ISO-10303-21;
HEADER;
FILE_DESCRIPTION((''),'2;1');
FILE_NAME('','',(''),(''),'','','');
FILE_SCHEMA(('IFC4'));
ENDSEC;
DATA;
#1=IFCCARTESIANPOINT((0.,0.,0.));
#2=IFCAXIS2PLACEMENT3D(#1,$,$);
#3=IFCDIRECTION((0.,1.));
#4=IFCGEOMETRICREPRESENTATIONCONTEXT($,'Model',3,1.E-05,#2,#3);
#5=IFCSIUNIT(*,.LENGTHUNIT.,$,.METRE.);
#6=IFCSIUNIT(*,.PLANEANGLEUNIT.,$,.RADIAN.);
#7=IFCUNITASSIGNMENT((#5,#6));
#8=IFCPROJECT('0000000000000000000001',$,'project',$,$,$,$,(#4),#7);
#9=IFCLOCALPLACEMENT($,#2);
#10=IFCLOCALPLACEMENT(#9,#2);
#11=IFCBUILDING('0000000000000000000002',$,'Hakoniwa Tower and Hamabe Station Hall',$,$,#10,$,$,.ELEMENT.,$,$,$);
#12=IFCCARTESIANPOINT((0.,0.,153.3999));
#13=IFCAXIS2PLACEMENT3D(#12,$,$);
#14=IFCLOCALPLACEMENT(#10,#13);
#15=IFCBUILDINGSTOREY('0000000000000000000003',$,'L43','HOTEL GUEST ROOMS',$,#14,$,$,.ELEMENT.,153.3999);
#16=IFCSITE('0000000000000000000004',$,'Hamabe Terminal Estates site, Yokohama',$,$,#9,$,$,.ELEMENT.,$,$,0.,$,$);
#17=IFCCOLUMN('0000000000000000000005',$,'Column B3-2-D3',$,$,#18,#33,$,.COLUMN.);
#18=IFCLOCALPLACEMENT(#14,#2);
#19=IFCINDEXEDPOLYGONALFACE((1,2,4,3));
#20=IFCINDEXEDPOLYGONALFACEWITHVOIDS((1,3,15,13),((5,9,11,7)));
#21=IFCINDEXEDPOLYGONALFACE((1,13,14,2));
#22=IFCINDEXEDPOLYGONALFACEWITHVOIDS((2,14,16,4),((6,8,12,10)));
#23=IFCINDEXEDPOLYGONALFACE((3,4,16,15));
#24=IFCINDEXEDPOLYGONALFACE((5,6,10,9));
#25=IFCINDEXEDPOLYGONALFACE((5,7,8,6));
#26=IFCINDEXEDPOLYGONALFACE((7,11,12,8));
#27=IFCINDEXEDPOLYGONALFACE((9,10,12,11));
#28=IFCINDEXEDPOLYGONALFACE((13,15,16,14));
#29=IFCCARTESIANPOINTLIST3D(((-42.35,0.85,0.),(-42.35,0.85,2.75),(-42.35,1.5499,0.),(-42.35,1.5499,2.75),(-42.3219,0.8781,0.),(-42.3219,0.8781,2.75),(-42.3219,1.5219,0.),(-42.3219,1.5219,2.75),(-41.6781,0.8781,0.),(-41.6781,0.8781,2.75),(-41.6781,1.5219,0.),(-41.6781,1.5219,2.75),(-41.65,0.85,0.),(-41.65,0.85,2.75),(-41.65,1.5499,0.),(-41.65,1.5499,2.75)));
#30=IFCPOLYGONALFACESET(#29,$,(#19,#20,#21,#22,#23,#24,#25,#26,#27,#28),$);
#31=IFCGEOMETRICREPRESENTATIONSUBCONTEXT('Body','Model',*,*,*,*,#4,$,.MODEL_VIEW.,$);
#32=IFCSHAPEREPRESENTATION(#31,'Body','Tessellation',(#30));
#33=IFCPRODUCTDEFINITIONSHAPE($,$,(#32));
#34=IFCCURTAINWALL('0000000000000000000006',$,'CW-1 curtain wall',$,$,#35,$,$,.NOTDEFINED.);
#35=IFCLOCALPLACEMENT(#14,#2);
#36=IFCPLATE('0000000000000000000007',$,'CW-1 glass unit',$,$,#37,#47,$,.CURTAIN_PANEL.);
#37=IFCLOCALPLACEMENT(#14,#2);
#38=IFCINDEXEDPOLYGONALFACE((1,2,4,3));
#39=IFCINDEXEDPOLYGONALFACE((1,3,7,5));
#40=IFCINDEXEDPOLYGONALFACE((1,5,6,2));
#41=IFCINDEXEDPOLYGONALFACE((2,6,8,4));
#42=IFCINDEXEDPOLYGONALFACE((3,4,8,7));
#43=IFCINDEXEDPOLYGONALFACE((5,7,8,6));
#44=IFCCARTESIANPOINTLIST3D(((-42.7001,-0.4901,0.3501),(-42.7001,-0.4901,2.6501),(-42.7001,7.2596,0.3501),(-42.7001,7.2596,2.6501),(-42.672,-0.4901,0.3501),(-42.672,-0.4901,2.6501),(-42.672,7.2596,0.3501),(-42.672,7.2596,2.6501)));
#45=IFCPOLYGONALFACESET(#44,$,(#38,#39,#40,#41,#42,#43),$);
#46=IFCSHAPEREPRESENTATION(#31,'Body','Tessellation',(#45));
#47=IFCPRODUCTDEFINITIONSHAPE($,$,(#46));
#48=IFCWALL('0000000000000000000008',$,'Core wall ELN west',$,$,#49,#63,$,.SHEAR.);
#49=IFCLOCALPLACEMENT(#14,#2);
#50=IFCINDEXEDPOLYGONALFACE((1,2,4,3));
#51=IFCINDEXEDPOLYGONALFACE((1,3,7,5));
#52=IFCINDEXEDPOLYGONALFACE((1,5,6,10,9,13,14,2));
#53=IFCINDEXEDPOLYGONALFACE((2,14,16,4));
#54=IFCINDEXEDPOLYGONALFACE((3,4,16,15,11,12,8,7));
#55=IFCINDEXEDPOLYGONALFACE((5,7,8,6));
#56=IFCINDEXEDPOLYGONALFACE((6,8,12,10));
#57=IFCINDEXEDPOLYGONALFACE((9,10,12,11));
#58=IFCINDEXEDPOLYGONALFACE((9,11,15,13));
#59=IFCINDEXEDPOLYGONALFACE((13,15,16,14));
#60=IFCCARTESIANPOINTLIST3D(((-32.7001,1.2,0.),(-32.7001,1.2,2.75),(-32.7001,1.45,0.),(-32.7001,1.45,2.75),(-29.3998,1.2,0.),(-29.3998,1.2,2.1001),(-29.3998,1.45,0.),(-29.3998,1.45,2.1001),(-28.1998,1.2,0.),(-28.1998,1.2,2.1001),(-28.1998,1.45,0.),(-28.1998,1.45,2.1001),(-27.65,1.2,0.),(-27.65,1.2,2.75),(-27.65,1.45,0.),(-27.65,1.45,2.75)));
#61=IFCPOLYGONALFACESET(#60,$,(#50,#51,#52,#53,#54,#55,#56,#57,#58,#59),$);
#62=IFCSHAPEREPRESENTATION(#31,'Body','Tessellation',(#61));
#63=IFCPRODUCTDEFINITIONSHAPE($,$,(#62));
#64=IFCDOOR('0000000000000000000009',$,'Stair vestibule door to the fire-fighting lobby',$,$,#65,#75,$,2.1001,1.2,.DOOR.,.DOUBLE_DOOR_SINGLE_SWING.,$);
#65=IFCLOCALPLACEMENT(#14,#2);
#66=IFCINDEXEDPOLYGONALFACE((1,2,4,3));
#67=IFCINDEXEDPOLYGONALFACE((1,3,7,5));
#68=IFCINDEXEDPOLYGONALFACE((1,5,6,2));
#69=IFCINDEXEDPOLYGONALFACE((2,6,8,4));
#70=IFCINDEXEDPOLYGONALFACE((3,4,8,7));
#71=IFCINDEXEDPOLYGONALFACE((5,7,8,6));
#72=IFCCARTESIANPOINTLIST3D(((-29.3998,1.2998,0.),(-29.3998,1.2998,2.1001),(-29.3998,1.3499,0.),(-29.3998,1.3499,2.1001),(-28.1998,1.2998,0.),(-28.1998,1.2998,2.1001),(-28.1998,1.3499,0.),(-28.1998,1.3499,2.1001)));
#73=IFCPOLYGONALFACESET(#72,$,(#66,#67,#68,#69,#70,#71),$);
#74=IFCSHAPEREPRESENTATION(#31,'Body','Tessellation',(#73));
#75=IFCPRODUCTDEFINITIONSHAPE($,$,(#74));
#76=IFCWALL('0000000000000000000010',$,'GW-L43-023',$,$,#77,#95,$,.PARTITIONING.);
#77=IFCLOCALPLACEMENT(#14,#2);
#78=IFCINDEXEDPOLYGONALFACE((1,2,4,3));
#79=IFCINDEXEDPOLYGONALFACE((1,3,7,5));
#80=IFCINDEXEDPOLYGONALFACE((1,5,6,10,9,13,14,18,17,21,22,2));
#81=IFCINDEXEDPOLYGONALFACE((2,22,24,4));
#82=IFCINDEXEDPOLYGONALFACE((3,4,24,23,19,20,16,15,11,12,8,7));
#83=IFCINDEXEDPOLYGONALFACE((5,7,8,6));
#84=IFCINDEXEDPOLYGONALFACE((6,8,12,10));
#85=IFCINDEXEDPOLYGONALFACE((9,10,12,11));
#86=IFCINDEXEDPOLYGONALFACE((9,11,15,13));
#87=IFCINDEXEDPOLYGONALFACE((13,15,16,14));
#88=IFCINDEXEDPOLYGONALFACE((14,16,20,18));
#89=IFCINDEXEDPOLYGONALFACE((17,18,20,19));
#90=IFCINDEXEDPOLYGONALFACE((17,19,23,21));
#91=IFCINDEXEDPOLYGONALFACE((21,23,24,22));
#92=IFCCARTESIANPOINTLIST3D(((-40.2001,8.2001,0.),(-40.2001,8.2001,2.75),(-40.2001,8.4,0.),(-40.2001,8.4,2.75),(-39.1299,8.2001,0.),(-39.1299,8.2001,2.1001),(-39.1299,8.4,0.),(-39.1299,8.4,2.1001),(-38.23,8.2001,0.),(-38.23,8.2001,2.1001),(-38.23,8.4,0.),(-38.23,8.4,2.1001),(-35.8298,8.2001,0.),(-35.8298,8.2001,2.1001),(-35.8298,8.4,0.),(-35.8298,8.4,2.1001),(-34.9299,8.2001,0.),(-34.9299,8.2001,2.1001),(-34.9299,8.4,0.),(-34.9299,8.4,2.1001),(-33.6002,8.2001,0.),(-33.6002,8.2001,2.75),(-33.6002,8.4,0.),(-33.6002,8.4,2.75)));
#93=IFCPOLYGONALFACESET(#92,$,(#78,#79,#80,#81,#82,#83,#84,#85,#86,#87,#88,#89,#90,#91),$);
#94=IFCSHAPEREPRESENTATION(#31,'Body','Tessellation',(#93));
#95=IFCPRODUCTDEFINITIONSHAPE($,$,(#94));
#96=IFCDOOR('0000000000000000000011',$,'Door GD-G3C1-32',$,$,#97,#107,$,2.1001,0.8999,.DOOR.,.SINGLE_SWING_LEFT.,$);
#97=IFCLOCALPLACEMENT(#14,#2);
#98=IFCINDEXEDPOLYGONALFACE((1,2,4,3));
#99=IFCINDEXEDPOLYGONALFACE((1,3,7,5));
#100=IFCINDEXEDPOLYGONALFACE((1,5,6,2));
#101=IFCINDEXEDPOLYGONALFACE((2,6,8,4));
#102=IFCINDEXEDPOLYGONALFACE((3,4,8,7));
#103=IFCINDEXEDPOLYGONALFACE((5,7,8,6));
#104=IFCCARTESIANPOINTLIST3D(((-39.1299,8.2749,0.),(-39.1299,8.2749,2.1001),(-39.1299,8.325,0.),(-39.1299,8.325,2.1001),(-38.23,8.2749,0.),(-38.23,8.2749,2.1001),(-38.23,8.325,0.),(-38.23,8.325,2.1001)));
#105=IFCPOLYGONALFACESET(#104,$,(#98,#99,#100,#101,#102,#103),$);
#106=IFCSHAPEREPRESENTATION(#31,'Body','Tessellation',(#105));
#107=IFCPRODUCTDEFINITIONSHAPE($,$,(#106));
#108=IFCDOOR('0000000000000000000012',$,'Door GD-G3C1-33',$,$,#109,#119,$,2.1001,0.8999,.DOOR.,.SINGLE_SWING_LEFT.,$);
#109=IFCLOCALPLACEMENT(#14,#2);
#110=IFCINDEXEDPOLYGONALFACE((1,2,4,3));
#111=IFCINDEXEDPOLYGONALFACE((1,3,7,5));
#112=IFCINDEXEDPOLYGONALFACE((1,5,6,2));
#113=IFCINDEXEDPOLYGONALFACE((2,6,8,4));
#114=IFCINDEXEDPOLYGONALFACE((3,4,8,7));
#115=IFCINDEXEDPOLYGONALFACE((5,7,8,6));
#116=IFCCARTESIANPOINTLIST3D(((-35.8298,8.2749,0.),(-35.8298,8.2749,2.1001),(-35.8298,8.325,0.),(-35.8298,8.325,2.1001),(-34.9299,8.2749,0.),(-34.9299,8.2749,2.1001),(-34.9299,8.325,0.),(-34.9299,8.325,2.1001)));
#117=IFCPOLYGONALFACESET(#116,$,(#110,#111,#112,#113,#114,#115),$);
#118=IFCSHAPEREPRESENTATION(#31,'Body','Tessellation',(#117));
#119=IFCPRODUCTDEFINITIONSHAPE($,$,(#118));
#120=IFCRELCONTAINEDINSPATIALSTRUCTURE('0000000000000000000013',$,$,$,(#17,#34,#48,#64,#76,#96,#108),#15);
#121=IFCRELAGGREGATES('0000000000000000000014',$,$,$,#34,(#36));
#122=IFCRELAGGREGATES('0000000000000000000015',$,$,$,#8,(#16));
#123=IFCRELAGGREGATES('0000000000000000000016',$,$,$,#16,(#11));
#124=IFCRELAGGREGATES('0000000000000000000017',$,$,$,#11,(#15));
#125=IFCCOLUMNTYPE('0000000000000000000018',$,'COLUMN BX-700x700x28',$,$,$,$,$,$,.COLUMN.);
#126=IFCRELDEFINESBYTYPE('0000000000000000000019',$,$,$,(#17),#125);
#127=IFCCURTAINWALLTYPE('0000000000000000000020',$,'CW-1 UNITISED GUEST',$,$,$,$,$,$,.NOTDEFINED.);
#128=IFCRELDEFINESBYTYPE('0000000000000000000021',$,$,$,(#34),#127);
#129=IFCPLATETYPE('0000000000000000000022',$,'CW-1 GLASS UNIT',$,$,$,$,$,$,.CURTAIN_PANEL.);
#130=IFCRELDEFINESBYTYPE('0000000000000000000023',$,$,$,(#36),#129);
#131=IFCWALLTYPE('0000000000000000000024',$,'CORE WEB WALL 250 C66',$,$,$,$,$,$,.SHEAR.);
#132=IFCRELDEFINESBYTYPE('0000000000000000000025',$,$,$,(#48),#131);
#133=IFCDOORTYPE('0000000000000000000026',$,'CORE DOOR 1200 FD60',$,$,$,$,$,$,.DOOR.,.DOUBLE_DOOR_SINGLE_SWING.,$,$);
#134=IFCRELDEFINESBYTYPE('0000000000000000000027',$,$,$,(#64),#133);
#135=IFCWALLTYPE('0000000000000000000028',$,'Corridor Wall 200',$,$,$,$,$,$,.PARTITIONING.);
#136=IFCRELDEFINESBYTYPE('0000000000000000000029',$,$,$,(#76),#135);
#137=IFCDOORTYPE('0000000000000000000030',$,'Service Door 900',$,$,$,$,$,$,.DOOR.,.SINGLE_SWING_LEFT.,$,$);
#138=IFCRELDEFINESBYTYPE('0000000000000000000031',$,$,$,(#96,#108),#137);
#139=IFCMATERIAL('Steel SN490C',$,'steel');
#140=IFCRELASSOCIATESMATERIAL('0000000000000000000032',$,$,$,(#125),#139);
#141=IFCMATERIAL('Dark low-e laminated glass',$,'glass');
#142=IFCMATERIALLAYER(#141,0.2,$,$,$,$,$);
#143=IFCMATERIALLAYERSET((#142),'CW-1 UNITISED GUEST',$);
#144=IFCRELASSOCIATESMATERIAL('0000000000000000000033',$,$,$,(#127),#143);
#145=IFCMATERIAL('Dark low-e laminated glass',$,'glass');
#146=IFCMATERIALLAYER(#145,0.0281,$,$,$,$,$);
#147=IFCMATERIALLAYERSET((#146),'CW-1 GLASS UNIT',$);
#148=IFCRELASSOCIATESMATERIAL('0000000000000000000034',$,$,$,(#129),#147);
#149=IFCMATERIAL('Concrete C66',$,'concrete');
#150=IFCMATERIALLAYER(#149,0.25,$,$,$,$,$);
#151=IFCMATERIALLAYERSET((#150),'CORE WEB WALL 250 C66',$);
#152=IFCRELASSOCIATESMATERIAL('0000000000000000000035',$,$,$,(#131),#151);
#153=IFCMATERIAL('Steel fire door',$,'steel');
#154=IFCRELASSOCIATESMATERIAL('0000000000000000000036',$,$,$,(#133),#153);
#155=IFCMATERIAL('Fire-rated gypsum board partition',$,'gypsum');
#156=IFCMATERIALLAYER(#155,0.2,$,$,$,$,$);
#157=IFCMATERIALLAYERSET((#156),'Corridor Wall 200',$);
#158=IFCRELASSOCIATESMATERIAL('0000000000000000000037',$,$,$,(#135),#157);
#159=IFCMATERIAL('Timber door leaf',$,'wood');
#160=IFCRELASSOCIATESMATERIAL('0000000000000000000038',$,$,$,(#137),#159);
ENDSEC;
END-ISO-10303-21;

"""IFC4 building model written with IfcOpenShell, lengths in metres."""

from ifc_helpers import new_model, si_unit, direction, frame, frame_2d, origin, origin_2d, place, context, subcontext, project, spatial, rectangle, hollow_rectangle, extrude, material, layer, layer_set, material_profile, profile_set, type_object, element, fill, aggregate, save


model = new_model("IFC4")

# Units and contexts
model_context = context("Model", 3, precision=1e-05, world=origin(), true_north=direction((0.0, 1.0)))
body_context = subcontext(model_context, "Body", "Model", "MODEL_VIEW")
ifc_project = project(units=[si_unit("LENGTHUNIT", "METRE"), si_unit("PLANEANGLEUNIT", "RADIAN")], contexts=[model_context])

# Site, building, storey
site_placement = place(None, origin())
site = spatial("IfcSite", under=ifc_project, at=site_placement, Name="Hamabe Terminal Estates site, Yokohama", CompositionType="ELEMENT", RefElevation=0.0)
building_placement = place(site_placement, origin())
building = spatial("IfcBuilding", under=site, at=building_placement, Name="Hakoniwa Tower and Hamabe Station Hall", CompositionType="ELEMENT")
storey_placement = place(building_placement, frame((0.0, 0.0, 153.3999)))
storey = spatial("IfcBuildingStorey", under=building, at=storey_placement, Name="L43", Description="HOTEL GUEST ROOMS", CompositionType="ELEMENT", Elevation=153.3999)

# Column
ifc_material_1 = material(Name="Steel SN490C", Category="steel")
ifc_material_profile = material_profile(ifc_material_1, hollow_rectangle(XDim=0.7, YDim=0.7, WallThickness=0.0281, at=origin_2d()), Name="BX-700x700x28")
ifc_profile_set = profile_set([ifc_material_profile], Name="Steel SN490C")
column_type = type_object("IfcColumnType", Name="COLUMN BX-700x700x28", PredefinedType="COLUMN", material=ifc_profile_set)
column_placement = place(storey_placement, frame((-42.0, 1.2, 0.0), z_axis=(0.0, 0.0, 1.0), x_axis=(1.0, 0.0, 0.0)))
element("IfcColumn", 1, at=column_placement, inside=storey, type_object=column_type, Name="Column B3-2-D3", PredefinedType="COLUMN", context=body_context, shape_type="SweptSolid", body=[
    extrude(hollow_rectangle(XDim=0.7, YDim=0.7, WallThickness=0.0281, at=origin_2d()), origin(), (0.0, 0.0, 1.0), 2.75),
])

# Curtain wall, plate
ifc_material_2 = material(Name="Dark low-e laminated glass", Category="glass")
ifc_layer_1 = layer(ifc_material_2, 0.2)
ifc_layer_set_1 = layer_set([ifc_layer_1], Name="CW-1 UNITISED GUEST")
curtain_wall_type = type_object("IfcCurtainWallType", Name="CW-1 UNITISED GUEST", PredefinedType="NOTDEFINED", material=ifc_layer_set_1)
curtain_wall_placement = place(storey_placement, origin())
curtain_wall = element("IfcCurtainWall", 2, at=curtain_wall_placement, inside=storey, type_object=curtain_wall_type, Name="CW-1 curtain wall", PredefinedType="NOTDEFINED")
ifc_material_3 = material(Name="Dark low-e laminated glass", Category="glass")
ifc_layer_2 = layer(ifc_material_3, 0.0281)
ifc_layer_set_2 = layer_set([ifc_layer_2], Name="CW-1 GLASS UNIT")
plate_type = type_object("IfcPlateType", Name="CW-1 GLASS UNIT", PredefinedType="CURTAIN_PANEL", material=ifc_layer_set_2)
plate_placement = place(storey_placement, frame((-42.686, 3.3848, 0.3501), z_axis=(0.0, 0.0, 1.0), x_axis=(0.0, -1.0, 0.0)))
plate = element("IfcPlate", 3, at=plate_placement, type_object=plate_type, Name="CW-1 glass unit", PredefinedType="CURTAIN_PANEL", context=body_context, shape_type="SweptSolid", body=[
    extrude(rectangle(XDim=7.7498, YDim=0.0281, at=origin_2d()), origin(), (0.0, 0.0, 1.0), 2.3),
])
aggregate(curtain_wall, [plate])

# Wall, opening, door
ifc_material_4 = material(Name="Concrete C66", Category="concrete")
ifc_layer_3 = layer(ifc_material_4, 0.25)
ifc_layer_set_3 = layer_set([ifc_layer_3], Name="CORE WEB WALL 250 C66")
wall_type_1 = type_object("IfcWallType", Name="CORE WEB WALL 250 C66", PredefinedType="SHEAR", material=ifc_layer_set_3)
wall_1_placement = place(storey_placement, frame((-32.7, 1.325, 0.0), z_axis=(0.0, 0.0, 1.0), x_axis=(1.0, 0.0, 0.0)))
wall_1 = element("IfcWall", 4, at=wall_1_placement, inside=storey, type_object=wall_type_1, Name="Core wall ELN west", PredefinedType="SHEAR", context=body_context, shape_type="SweptSolid", body=[
    extrude(rectangle(XDim=5.05, YDim=0.25, at=frame_2d((2.5249, 0.0))), origin(), (0.0, 0.0, 1.0), 2.75),
])
opening_1_placement = place(wall_1_placement, frame((3.3, 0.0, 0.0)))
opening_1 = element("IfcOpeningElement", 5, at=opening_1_placement, cuts=wall_1, PredefinedType="OPENING", context=body_context, shape_type="SweptSolid", body=[
    extrude(rectangle(XDim=1.2, YDim=2.1001, at=frame_2d((0.6001, 1.05))), frame((0.0, 0.135, 0.0), z_axis=(0.0, -1.0, 0.0), x_axis=(1.0, 0.0, 0.0)), (0.0, 0.0, 1.0), 0.27),
])
ifc_material_5 = material(Name="Steel fire door", Category="steel")
door_type_1 = type_object("IfcDoorType", Name="CORE DOOR 1200 FD60", OperationType="DOUBLE_DOOR_SINGLE_SWING", PredefinedType="DOOR", material=ifc_material_5)
door_1_placement = place(opening_1_placement, origin())
door_1 = element("IfcDoor", 6, at=door_1_placement, inside=storey, type_object=door_type_1, Name="Stair vestibule door to the fire-fighting lobby", OperationType="DOUBLE_DOOR_SINGLE_SWING", OverallHeight=2.1001, OverallWidth=1.2, PredefinedType="DOOR", context=body_context, shape_type="SweptSolid", body=[
    extrude(rectangle(XDim=1.2, YDim=2.1001, at=frame_2d((0.6001, 1.05))), frame((0.0, 0.0249, 0.0), z_axis=(0.0, -1.0, 0.0), x_axis=(1.0, 0.0, 0.0)), (0.0, 0.0, 1.0), 0.05),
])
fill(opening_1, door_1)

# Wall, openings, doors
ifc_material_6 = material(Name="Fire-rated gypsum board partition", Category="gypsum")
ifc_layer_4 = layer(ifc_material_6, 0.2)
ifc_layer_set_4 = layer_set([ifc_layer_4], Name="Corridor Wall 200")
wall_type_2 = type_object("IfcWallType", Name="Corridor Wall 200", PredefinedType="PARTITIONING", material=ifc_layer_set_4)
wall_2_placement = place(storey_placement, frame((-40.2, 8.3, 0.0), z_axis=(0.0, 0.0, 1.0), x_axis=(1.0, 0.0, 0.0)))
wall_2 = element("IfcWall", 7, at=wall_2_placement, inside=storey, type_object=wall_type_2, Name="GW-L43-023", PredefinedType="PARTITIONING", context=body_context, shape_type="SweptSolid", body=[
    extrude(rectangle(XDim=6.5999, YDim=0.2, at=frame_2d((3.2998, 0.0))), origin(), (0.0, 0.0, 1.0), 2.75),
])
opening_2_placement = place(wall_2_placement, frame((1.0701, 0.0, 0.0)))
opening_2 = element("IfcOpeningElement", 8, at=opening_2_placement, cuts=wall_2, PredefinedType="OPENING", context=body_context, shape_type="SweptSolid", body=[
    extrude(rectangle(XDim=0.8999, YDim=2.1001, at=frame_2d((0.45, 1.05))), frame((0.0, 0.1099, 0.0), z_axis=(0.0, -1.0, 0.0), x_axis=(1.0, 0.0, 0.0)), (0.0, 0.0, 1.0), 0.22),
])
opening_3_placement = place(wall_2_placement, frame((4.3701, 0.0, 0.0)))
opening_3 = element("IfcOpeningElement", 9, at=opening_3_placement, cuts=wall_2, PredefinedType="OPENING", context=body_context, shape_type="SweptSolid", body=[
    extrude(rectangle(XDim=0.8999, YDim=2.1001, at=frame_2d((0.45, 1.05))), frame((0.0, 0.1099, 0.0), z_axis=(0.0, -1.0, 0.0), x_axis=(1.0, 0.0, 0.0)), (0.0, 0.0, 1.0), 0.22),
])
ifc_material_7 = material(Name="Timber door leaf", Category="wood")
door_type_2 = type_object("IfcDoorType", Name="Service Door 900", OperationType="SINGLE_SWING_LEFT", PredefinedType="DOOR", material=ifc_material_7)
door_2_placement = place(opening_2_placement, origin())
door_2 = element("IfcDoor", 10, at=door_2_placement, inside=storey, type_object=door_type_2, Name="Door GD-G3C1-32", OperationType="SINGLE_SWING_LEFT", OverallHeight=2.1001, OverallWidth=0.8999, PredefinedType="DOOR", context=body_context, shape_type="SweptSolid", body=[
    extrude(rectangle(XDim=0.8999, YDim=2.1001, at=frame_2d((0.45, 1.05))), frame((0.0, 0.0249, 0.0), z_axis=(0.0, -1.0, 0.0), x_axis=(1.0, 0.0, 0.0)), (0.0, 0.0, 1.0), 0.05),
])
fill(opening_2, door_2)
door_3_placement = place(opening_3_placement, origin())
door_3 = element("IfcDoor", 11, at=door_3_placement, inside=storey, type_object=door_type_2, Name="Door GD-G3C1-33", OperationType="SINGLE_SWING_LEFT", OverallHeight=2.1001, OverallWidth=0.8999, PredefinedType="DOOR", context=body_context, shape_type="SweptSolid", body=[
    extrude(rectangle(XDim=0.8999, YDim=2.1001, at=frame_2d((0.45, 1.05))), frame((0.0, 0.0249, 0.0), z_axis=(0.0, -1.0, 0.0), x_axis=(1.0, 0.0, 0.0)), (0.0, 0.0, 1.0), 0.05),
])
fill(opening_3, door_3)

save(model, "model.ifc")
